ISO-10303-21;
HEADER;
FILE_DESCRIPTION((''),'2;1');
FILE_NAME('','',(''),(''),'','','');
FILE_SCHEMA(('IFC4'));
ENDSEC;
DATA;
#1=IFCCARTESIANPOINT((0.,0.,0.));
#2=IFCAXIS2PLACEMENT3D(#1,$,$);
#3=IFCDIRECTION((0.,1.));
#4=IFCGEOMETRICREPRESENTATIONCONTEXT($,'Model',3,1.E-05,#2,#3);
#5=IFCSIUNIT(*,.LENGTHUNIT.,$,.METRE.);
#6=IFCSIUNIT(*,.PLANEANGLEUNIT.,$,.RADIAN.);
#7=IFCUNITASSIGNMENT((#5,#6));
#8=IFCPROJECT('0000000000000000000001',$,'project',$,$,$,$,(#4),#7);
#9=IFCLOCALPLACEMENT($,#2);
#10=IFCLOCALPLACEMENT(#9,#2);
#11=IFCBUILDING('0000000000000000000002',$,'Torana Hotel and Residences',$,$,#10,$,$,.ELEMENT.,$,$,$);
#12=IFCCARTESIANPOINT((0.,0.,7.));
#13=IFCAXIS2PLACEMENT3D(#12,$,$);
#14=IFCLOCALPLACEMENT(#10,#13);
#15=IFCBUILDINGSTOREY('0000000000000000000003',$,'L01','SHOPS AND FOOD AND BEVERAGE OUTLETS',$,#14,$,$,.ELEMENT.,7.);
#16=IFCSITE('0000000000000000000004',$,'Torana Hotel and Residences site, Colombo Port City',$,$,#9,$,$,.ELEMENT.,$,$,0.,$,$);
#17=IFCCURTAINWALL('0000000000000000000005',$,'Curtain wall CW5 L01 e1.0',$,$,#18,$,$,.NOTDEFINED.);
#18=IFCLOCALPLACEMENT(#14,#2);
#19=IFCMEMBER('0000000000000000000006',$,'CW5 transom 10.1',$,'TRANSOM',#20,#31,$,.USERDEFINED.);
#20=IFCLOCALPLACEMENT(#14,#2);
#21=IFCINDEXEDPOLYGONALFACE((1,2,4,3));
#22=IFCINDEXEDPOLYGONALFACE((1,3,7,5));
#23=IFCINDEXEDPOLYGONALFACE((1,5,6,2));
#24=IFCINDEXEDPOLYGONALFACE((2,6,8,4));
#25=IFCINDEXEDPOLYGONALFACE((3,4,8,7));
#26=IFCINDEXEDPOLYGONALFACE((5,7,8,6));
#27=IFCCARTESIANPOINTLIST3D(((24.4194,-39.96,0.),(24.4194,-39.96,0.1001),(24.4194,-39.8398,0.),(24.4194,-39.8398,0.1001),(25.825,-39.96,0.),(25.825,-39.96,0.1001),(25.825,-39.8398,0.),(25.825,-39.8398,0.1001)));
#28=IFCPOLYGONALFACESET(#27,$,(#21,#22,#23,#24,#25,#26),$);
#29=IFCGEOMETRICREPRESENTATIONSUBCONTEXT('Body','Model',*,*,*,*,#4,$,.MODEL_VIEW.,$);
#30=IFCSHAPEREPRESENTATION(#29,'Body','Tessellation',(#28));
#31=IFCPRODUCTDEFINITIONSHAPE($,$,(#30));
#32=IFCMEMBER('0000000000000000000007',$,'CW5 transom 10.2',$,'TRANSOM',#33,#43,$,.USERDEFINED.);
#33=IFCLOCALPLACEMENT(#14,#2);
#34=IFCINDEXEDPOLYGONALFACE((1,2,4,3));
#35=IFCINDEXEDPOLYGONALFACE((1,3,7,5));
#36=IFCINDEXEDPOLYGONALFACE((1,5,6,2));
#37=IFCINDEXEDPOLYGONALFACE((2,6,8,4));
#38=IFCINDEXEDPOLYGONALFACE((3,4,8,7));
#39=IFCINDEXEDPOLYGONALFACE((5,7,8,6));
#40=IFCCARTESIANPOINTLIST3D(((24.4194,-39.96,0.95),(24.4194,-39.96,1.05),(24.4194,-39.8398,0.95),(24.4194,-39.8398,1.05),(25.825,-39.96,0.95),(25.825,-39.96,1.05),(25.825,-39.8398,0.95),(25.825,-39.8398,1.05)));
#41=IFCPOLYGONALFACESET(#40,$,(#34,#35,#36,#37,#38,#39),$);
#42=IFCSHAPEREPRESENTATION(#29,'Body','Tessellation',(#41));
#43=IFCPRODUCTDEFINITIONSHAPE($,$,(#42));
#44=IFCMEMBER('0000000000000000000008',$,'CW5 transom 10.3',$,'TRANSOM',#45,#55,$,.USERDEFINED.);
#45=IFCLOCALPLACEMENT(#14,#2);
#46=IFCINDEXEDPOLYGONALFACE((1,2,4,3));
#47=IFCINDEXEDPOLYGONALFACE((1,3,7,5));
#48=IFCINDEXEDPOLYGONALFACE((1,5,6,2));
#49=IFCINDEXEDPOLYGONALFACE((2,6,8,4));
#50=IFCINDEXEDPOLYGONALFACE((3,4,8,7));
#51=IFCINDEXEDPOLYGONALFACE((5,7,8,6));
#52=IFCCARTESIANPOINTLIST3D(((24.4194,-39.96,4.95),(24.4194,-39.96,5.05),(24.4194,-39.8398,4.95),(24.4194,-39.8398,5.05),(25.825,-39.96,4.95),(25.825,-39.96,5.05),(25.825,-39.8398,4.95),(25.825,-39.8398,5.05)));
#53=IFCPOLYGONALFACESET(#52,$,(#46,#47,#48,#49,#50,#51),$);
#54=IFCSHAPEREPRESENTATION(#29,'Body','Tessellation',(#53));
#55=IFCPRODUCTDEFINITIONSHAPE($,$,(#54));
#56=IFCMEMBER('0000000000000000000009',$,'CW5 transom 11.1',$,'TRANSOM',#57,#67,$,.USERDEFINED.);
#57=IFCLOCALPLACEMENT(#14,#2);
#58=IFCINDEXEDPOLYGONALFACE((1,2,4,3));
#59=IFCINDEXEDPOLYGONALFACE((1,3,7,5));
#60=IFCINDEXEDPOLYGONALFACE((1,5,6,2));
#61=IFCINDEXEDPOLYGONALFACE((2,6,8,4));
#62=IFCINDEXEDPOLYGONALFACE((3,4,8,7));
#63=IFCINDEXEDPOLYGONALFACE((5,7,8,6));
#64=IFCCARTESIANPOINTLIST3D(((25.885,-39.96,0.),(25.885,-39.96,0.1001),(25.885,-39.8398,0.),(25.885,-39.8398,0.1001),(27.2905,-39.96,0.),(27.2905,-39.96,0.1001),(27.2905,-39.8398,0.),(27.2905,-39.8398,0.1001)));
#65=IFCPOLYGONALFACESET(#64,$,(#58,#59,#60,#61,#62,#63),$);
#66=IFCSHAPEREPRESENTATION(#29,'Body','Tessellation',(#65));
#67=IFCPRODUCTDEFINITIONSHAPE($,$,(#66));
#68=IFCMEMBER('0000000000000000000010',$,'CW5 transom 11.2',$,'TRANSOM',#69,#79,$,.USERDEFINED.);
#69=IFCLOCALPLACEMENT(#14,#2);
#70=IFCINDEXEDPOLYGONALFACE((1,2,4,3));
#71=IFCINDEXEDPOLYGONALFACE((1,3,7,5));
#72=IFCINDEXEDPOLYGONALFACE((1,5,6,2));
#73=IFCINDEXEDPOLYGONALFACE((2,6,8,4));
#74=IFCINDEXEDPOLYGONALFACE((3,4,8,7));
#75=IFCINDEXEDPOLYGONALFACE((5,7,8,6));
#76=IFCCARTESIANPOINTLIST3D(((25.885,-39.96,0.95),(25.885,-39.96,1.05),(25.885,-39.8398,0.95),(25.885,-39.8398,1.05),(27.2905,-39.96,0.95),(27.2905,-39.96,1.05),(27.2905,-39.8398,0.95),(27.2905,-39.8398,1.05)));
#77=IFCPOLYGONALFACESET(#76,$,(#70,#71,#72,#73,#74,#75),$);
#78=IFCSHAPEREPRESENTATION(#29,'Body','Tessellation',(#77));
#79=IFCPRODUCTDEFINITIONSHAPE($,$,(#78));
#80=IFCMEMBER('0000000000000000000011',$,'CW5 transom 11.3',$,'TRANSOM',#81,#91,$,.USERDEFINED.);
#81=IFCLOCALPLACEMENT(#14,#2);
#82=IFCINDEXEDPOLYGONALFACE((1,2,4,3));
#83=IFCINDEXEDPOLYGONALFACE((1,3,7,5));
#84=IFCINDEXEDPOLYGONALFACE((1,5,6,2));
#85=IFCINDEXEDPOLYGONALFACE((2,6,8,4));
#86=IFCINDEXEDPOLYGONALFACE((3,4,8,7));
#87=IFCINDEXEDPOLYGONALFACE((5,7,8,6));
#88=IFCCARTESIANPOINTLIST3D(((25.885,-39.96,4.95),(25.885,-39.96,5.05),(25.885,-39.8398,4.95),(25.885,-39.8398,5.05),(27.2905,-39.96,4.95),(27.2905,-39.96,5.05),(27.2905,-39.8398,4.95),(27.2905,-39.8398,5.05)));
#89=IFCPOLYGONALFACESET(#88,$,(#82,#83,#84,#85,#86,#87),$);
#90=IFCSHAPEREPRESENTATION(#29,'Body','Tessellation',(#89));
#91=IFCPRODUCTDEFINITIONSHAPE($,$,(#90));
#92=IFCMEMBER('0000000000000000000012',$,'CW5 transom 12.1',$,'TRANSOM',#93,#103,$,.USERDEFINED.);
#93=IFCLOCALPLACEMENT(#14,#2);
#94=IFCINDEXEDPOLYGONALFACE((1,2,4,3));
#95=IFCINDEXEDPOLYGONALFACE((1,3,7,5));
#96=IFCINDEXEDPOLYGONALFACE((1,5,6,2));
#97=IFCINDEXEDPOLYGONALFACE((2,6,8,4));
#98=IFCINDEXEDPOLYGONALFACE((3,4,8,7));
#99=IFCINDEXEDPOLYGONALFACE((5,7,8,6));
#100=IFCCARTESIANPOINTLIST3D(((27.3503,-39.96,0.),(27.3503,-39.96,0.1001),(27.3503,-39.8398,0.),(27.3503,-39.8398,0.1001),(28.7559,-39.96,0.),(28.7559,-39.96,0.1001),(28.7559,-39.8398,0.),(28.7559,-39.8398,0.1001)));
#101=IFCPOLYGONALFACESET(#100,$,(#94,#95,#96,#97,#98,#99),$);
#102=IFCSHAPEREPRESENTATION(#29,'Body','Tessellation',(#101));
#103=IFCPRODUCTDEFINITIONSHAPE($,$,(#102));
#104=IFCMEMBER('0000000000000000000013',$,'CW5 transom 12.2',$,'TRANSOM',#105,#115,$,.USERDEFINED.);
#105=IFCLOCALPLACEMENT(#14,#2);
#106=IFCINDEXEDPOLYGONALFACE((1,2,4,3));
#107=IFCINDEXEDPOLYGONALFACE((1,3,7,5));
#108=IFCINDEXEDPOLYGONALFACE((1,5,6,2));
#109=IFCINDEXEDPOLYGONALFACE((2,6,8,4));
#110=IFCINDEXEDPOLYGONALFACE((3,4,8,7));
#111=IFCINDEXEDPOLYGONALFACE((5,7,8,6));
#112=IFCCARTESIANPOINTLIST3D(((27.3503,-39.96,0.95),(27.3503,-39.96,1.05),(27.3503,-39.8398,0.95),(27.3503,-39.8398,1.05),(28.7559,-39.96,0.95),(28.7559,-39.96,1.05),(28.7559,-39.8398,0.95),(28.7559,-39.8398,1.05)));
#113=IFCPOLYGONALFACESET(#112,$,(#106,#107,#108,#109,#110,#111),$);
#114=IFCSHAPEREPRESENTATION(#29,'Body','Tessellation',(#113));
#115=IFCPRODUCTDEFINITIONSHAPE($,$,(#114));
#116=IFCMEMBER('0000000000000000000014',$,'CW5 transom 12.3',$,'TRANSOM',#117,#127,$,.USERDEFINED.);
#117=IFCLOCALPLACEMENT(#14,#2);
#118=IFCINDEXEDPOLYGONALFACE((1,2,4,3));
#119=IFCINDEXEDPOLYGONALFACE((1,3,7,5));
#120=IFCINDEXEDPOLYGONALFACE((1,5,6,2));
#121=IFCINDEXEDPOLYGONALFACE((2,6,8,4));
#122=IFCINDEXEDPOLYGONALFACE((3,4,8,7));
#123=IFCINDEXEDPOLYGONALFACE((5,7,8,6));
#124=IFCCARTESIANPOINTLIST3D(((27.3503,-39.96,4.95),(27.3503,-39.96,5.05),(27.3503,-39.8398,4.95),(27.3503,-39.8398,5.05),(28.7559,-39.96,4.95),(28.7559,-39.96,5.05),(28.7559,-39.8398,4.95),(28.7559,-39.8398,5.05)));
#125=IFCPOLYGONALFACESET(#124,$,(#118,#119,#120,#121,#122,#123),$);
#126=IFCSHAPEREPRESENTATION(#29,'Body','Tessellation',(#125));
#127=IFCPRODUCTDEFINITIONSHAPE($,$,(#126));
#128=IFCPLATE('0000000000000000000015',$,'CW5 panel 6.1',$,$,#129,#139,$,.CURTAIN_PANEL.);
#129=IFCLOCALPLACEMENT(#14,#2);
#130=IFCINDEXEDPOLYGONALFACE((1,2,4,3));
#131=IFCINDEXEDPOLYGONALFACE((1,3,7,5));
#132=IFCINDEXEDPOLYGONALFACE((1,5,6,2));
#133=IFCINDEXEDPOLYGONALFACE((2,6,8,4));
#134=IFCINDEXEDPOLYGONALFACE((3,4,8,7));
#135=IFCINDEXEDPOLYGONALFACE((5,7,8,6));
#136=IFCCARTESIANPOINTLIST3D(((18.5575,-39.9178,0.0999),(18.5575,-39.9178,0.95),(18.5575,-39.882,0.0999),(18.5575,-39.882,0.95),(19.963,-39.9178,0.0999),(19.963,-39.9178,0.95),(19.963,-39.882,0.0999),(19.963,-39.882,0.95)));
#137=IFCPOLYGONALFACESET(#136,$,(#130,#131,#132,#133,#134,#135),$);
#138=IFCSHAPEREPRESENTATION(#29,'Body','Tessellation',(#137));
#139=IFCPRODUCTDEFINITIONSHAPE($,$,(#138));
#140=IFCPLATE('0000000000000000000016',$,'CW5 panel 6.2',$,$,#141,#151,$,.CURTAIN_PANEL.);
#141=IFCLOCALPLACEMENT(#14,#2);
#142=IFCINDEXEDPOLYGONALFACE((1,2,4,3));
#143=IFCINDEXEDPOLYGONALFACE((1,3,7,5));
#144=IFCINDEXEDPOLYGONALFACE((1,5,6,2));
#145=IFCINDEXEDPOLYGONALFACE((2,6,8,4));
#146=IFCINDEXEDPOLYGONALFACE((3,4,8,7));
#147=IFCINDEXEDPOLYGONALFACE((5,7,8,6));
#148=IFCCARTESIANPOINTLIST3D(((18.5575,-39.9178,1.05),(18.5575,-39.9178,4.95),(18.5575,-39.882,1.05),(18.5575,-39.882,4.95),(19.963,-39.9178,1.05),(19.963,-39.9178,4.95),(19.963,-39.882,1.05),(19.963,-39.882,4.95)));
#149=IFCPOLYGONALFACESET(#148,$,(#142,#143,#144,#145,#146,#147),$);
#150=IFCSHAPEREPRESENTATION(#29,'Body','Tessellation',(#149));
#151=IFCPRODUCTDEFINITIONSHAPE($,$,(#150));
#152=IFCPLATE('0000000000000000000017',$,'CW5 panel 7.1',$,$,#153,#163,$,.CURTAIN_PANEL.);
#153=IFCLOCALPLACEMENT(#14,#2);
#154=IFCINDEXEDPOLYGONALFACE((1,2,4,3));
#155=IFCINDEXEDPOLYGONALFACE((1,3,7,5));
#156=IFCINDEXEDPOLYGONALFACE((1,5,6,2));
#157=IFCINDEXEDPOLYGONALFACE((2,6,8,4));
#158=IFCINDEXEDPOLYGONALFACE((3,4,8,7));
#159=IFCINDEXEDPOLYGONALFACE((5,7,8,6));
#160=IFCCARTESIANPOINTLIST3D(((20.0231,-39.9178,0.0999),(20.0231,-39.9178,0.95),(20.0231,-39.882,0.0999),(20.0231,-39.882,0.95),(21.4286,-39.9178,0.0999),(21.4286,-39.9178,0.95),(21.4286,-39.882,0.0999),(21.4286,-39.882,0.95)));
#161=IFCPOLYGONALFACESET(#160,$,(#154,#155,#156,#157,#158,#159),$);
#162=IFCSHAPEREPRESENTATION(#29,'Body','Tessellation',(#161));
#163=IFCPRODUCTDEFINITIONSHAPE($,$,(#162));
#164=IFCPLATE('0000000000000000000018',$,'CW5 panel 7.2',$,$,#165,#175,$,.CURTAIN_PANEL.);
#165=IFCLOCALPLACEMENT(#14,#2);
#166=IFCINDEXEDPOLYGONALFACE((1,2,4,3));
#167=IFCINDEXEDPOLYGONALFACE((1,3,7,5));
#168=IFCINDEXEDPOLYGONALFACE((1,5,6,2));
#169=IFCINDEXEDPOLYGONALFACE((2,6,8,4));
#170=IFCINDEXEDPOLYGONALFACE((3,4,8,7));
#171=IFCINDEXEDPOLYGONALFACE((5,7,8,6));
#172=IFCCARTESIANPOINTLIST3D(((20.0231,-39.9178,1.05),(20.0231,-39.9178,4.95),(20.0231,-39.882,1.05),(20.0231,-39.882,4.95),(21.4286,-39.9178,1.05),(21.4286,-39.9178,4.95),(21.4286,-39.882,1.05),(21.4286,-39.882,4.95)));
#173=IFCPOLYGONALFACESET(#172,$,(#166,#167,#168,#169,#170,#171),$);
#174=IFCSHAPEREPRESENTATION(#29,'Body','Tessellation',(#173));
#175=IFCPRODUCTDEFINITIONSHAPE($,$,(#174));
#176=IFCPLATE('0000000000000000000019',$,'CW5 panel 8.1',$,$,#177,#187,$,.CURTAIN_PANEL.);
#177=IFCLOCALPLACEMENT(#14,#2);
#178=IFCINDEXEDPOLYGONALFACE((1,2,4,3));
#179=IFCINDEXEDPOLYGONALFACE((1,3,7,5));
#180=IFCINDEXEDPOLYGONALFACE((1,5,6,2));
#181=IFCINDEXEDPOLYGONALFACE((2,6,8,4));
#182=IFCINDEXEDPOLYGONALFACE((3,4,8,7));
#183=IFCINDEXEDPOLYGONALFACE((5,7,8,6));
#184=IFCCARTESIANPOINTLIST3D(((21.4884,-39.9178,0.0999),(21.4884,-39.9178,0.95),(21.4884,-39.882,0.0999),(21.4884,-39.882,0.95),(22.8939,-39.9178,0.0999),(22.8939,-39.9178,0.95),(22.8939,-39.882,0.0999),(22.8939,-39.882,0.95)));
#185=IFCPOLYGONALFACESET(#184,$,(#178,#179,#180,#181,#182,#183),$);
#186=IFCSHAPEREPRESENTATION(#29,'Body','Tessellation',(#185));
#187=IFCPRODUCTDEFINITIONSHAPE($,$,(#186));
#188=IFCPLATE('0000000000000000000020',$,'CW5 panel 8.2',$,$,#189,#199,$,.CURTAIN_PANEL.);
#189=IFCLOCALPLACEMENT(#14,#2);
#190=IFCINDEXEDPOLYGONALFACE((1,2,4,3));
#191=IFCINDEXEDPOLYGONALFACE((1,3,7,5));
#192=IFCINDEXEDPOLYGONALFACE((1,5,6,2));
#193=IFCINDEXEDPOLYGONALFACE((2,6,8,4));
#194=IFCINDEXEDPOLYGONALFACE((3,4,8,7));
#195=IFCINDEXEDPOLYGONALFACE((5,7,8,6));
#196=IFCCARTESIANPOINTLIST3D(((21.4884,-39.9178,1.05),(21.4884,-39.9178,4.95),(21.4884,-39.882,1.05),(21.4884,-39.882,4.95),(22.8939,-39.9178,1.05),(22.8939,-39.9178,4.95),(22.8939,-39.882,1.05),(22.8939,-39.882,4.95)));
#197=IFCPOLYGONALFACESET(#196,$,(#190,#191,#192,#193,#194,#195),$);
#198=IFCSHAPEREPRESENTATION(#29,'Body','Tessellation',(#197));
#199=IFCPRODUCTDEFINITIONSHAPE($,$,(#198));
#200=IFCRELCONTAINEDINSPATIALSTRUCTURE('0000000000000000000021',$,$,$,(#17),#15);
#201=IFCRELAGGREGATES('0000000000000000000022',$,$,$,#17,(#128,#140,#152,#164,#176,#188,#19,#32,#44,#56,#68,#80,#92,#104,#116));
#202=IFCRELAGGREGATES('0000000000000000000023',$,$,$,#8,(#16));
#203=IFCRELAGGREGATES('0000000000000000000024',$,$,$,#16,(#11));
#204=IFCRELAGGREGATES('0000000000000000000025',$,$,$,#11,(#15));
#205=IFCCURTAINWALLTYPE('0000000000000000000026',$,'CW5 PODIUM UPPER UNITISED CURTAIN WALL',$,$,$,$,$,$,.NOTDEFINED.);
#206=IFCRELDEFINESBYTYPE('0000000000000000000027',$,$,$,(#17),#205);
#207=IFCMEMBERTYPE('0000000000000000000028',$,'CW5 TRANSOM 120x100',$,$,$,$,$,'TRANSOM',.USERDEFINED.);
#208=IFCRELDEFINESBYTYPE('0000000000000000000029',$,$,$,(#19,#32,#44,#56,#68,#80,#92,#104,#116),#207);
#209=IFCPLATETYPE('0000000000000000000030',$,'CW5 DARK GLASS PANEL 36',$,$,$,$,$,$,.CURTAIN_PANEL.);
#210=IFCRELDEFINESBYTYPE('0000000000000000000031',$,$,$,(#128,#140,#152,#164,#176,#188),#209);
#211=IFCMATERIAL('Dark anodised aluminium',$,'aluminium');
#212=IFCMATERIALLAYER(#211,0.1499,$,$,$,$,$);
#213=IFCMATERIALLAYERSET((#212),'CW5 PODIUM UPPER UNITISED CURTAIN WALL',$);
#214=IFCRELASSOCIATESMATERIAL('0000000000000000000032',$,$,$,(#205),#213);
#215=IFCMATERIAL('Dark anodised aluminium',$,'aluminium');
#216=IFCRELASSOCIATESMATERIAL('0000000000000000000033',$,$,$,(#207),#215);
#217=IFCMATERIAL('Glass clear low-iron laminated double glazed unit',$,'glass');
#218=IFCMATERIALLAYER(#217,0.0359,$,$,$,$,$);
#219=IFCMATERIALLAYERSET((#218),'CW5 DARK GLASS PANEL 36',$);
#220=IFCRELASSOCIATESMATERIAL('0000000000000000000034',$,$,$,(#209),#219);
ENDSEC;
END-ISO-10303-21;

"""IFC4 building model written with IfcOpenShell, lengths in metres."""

from ifc_helpers import new_model, si_unit, direction, frame, origin, origin_2d, place, context, subcontext, project, spatial, rectangle, extrude, material, layer, layer_set, material_profile, profile_set, type_object, element, aggregate, save


model = new_model("IFC4")

# Units and contexts
model_context = context("Model", 3, precision=1e-05, world=origin(), true_north=direction((0.0, 1.0)))
body_context = subcontext(model_context, "Body", "Model", "MODEL_VIEW")
ifc_project = project(units=[si_unit("LENGTHUNIT", "METRE"), si_unit("PLANEANGLEUNIT", "RADIAN")], contexts=[model_context])

# Site, building, storey
site_placement = place(None, origin())
site = spatial("IfcSite", under=ifc_project, at=site_placement, Name="Torana Hotel and Residences site, Colombo Port City", CompositionType="ELEMENT", RefElevation=0.0)
building_placement = place(site_placement, origin())
building = spatial("IfcBuilding", under=site, at=building_placement, Name="Torana Hotel and Residences", CompositionType="ELEMENT")
storey_placement = place(building_placement, frame((0.0, 0.0, 7.0)))
storey = spatial("IfcBuildingStorey", under=building, at=storey_placement, Name="L01", Description="SHOPS AND FOOD AND BEVERAGE OUTLETS", CompositionType="ELEMENT", Elevation=7.0)

# Curtain wall, members, plates
ifc_material_1 = material(Name="Dark anodised aluminium", Category="aluminium")
ifc_layer_1 = layer(ifc_material_1, 0.1499)
ifc_layer_set_1 = layer_set([ifc_layer_1], Name="CW5 PODIUM UPPER UNITISED CURTAIN WALL")
curtain_wall_type = type_object("IfcCurtainWallType", Name="CW5 PODIUM UPPER UNITISED CURTAIN WALL", PredefinedType="NOTDEFINED", material=ifc_layer_set_1)
curtain_wall_placement = place(storey_placement, origin())
curtain_wall = element("IfcCurtainWall", 1, at=curtain_wall_placement, inside=storey, type_object=curtain_wall_type, Name="Curtain wall CW5 L01 e1.0", PredefinedType="NOTDEFINED")
ifc_material_2 = material(Name="Dark anodised aluminium", Category="aluminium")
ifc_material_profile_1 = material_profile(ifc_material_2, rectangle(XDim=0.1201, YDim=0.1001, at=origin_2d()), Name="CW5 TRANSOM 120x100")
ifc_profile_set_1 = profile_set([ifc_material_profile_1], Name="Dark anodised aluminium")
member_type_1 = type_object("IfcMemberType", Name="CW5 TRANSOM 120x100", ElementType="TRANSOM", PredefinedType="USERDEFINED", material=ifc_profile_set_1)
member_1_placement = place(storey_placement, frame((24.4194, -39.8999, 0.05), z_axis=(1.0, 0.0, 0.0), x_axis=(0.0, 1.0, 0.0)))
member_1 = element("IfcMember", 2, at=member_1_placement, type_object=member_type_1, Name="CW5 transom 10.1", ObjectType="TRANSOM", PredefinedType="USERDEFINED", context=body_context, shape_type="SweptSolid", body=[
    extrude(rectangle(XDim=0.1201, YDim=0.1001, at=origin_2d()), origin(), (0.0, 0.0, 1.0), 1.4055),
])
member_2_placement = place(storey_placement, frame((24.4194, -39.8999, 1.0), z_axis=(1.0, 0.0, 0.0), x_axis=(0.0, 1.0, 0.0)))
member_2 = element("IfcMember", 3, at=member_2_placement, type_object=member_type_1, Name="CW5 transom 10.2", ObjectType="TRANSOM", PredefinedType="USERDEFINED", context=body_context, shape_type="SweptSolid", body=[
    extrude(rectangle(XDim=0.1201, YDim=0.1001, at=origin_2d()), origin(), (0.0, 0.0, 1.0), 1.4055),
])
member_3_placement = place(storey_placement, frame((24.4194, -39.8999, 5.0), z_axis=(1.0, 0.0, 0.0), x_axis=(0.0, 1.0, 0.0)))
member_3 = element("IfcMember", 4, at=member_3_placement, type_object=member_type_1, Name="CW5 transom 10.3", ObjectType="TRANSOM", PredefinedType="USERDEFINED", context=body_context, shape_type="SweptSolid", body=[
    extrude(rectangle(XDim=0.1201, YDim=0.1001, at=origin_2d()), origin(), (0.0, 0.0, 1.0), 1.4055),
])
member_4_placement = place(storey_placement, frame((25.885, -39.8999, 0.05), z_axis=(1.0, 0.0, 0.0), x_axis=(0.0, 1.0, 0.0)))
member_4 = element("IfcMember", 5, at=member_4_placement, type_object=member_type_1, Name="CW5 transom 11.1", ObjectType="TRANSOM", PredefinedType="USERDEFINED", context=body_context, shape_type="SweptSolid", body=[
    extrude(rectangle(XDim=0.1201, YDim=0.1001, at=origin_2d()), origin(), (0.0, 0.0, 1.0), 1.4055),
])
member_5_placement = place(storey_placement, frame((25.885, -39.8999, 1.0), z_axis=(1.0, 0.0, 0.0), x_axis=(0.0, 1.0, 0.0)))
member_5 = element("IfcMember", 6, at=member_5_placement, type_object=member_type_1, Name="CW5 transom 11.2", ObjectType="TRANSOM", PredefinedType="USERDEFINED", context=body_context, shape_type="SweptSolid", body=[
    extrude(rectangle(XDim=0.1201, YDim=0.1001, at=origin_2d()), origin(), (0.0, 0.0, 1.0), 1.4055),
])
member_6_placement = place(storey_placement, frame((25.885, -39.8999, 5.0), z_axis=(1.0, 0.0, 0.0), x_axis=(0.0, 1.0, 0.0)))
member_6 = element("IfcMember", 7, at=member_6_placement, type_object=member_type_1, Name="CW5 transom 11.3", ObjectType="TRANSOM", PredefinedType="USERDEFINED", context=body_context, shape_type="SweptSolid", body=[
    extrude(rectangle(XDim=0.1201, YDim=0.1001, at=origin_2d()), origin(), (0.0, 0.0, 1.0), 1.4055),
])
member_7_placement = place(storey_placement, frame((27.3503, -39.8999, 0.05), z_axis=(1.0, 0.0, 0.0), x_axis=(0.0, 1.0, 0.0)))
member_7 = element("IfcMember", 8, at=member_7_placement, type_object=member_type_1, Name="CW5 transom 12.1", ObjectType="TRANSOM", PredefinedType="USERDEFINED", context=body_context, shape_type="SweptSolid", body=[
    extrude(rectangle(XDim=0.1201, YDim=0.1001, at=origin_2d()), origin(), (0.0, 0.0, 1.0), 1.4055),
])
member_8_placement = place(storey_placement, frame((27.3503, -39.8999, 1.0), z_axis=(1.0, 0.0, 0.0), x_axis=(0.0, 1.0, 0.0)))
member_8 = element("IfcMember", 9, at=member_8_placement, type_object=member_type_1, Name="CW5 transom 12.2", ObjectType="TRANSOM", PredefinedType="USERDEFINED", context=body_context, shape_type="SweptSolid", body=[
    extrude(rectangle(XDim=0.1201, YDim=0.1001, at=origin_2d()), origin(), (0.0, 0.0, 1.0), 1.4055),
])
member_9_placement = place(storey_placement, frame((27.3503, -39.8999, 5.0), z_axis=(1.0, 0.0, 0.0), x_axis=(0.0, 1.0, 0.0)))
member_9 = element("IfcMember", 10, at=member_9_placement, type_object=member_type_1, Name="CW5 transom 12.3", ObjectType="TRANSOM", PredefinedType="USERDEFINED", context=body_context, shape_type="SweptSolid", body=[
    extrude(rectangle(XDim=0.1201, YDim=0.1001, at=origin_2d()), origin(), (0.0, 0.0, 1.0), 1.4055),
])
ifc_material_3 = material(Name="Glass clear low-iron laminated double glazed unit", Category="glass")
ifc_layer_2 = layer(ifc_material_3, 0.0359)
ifc_layer_set_2 = layer_set([ifc_layer_2], Name="CW5 DARK GLASS PANEL 36")
plate_type = type_object("IfcPlateType", Name="CW5 DARK GLASS PANEL 36", PredefinedType="CURTAIN_PANEL", material=ifc_layer_set_2)
plate_1_placement = place(storey_placement, frame((19.2603, -39.8999, 0.0999), z_axis=(0.0, 0.0, 1.0), x_axis=(1.0, 0.0, 0.0)))
plate_1 = element("IfcPlate", 11, at=plate_1_placement, type_object=plate_type, Name="CW5 panel 6.1", PredefinedType="CURTAIN_PANEL", context=body_context, shape_type="SweptSolid", body=[
    extrude(rectangle(XDim=1.4055, YDim=0.0359, at=origin_2d()), origin(), (0.0, 0.0, 1.0), 0.8501),
])
plate_2_placement = place(storey_placement, frame((19.2603, -39.8999, 1.05), z_axis=(0.0, 0.0, 1.0), x_axis=(1.0, 0.0, 0.0)))
plate_2 = element("IfcPlate", 12, at=plate_2_placement, type_object=plate_type, Name="CW5 panel 6.2", PredefinedType="CURTAIN_PANEL", context=body_context, shape_type="SweptSolid", body=[
    extrude(rectangle(XDim=1.4055, YDim=0.0359, at=origin_2d()), origin(), (0.0, 0.0, 1.0), 3.8999),
])
plate_3_placement = place(storey_placement, frame((20.7258, -39.8999, 0.0999), z_axis=(0.0, 0.0, 1.0), x_axis=(1.0, 0.0, 0.0)))
plate_3 = element("IfcPlate", 13, at=plate_3_placement, type_object=plate_type, Name="CW5 panel 7.1", PredefinedType="CURTAIN_PANEL", context=body_context, shape_type="SweptSolid", body=[
    extrude(rectangle(XDim=1.4055, YDim=0.0359, at=origin_2d()), origin(), (0.0, 0.0, 1.0), 0.8501),
])
plate_4_placement = place(storey_placement, frame((20.7258, -39.8999, 1.05), z_axis=(0.0, 0.0, 1.0), x_axis=(1.0, 0.0, 0.0)))
plate_4 = element("IfcPlate", 14, at=plate_4_placement, type_object=plate_type, Name="CW5 panel 7.2", PredefinedType="CURTAIN_PANEL", context=body_context, shape_type="SweptSolid", body=[
    extrude(rectangle(XDim=1.4055, YDim=0.0359, at=origin_2d()), origin(), (0.0, 0.0, 1.0), 3.8999),
])
plate_5_placement = place(storey_placement, frame((22.1912, -39.8999, 0.0999), z_axis=(0.0, 0.0, 1.0), x_axis=(1.0, 0.0, 0.0)))
plate_5 = element("IfcPlate", 15, at=plate_5_placement, type_object=plate_type, Name="CW5 panel 8.1", PredefinedType="CURTAIN_PANEL", context=body_context, shape_type="SweptSolid", body=[
    extrude(rectangle(XDim=1.4055, YDim=0.0359, at=origin_2d()), origin(), (0.0, 0.0, 1.0), 0.8501),
])
plate_6_placement = place(storey_placement, frame((22.1912, -39.8999, 1.05), z_axis=(0.0, 0.0, 1.0), x_axis=(1.0, 0.0, 0.0)))
plate_6 = element("IfcPlate", 16, at=plate_6_placement, type_object=plate_type, Name="CW5 panel 8.2", PredefinedType="CURTAIN_PANEL", context=body_context, shape_type="SweptSolid", body=[
    extrude(rectangle(XDim=1.4055, YDim=0.0359, at=origin_2d()), origin(), (0.0, 0.0, 1.0), 3.8999),
])
aggregate(curtain_wall, [plate_1, plate_2, plate_3, plate_4, plate_5, plate_6, member_1, member_2, member_3, member_4, member_5, member_6, member_7, member_8, member_9])

save(model, "model.ifc")
